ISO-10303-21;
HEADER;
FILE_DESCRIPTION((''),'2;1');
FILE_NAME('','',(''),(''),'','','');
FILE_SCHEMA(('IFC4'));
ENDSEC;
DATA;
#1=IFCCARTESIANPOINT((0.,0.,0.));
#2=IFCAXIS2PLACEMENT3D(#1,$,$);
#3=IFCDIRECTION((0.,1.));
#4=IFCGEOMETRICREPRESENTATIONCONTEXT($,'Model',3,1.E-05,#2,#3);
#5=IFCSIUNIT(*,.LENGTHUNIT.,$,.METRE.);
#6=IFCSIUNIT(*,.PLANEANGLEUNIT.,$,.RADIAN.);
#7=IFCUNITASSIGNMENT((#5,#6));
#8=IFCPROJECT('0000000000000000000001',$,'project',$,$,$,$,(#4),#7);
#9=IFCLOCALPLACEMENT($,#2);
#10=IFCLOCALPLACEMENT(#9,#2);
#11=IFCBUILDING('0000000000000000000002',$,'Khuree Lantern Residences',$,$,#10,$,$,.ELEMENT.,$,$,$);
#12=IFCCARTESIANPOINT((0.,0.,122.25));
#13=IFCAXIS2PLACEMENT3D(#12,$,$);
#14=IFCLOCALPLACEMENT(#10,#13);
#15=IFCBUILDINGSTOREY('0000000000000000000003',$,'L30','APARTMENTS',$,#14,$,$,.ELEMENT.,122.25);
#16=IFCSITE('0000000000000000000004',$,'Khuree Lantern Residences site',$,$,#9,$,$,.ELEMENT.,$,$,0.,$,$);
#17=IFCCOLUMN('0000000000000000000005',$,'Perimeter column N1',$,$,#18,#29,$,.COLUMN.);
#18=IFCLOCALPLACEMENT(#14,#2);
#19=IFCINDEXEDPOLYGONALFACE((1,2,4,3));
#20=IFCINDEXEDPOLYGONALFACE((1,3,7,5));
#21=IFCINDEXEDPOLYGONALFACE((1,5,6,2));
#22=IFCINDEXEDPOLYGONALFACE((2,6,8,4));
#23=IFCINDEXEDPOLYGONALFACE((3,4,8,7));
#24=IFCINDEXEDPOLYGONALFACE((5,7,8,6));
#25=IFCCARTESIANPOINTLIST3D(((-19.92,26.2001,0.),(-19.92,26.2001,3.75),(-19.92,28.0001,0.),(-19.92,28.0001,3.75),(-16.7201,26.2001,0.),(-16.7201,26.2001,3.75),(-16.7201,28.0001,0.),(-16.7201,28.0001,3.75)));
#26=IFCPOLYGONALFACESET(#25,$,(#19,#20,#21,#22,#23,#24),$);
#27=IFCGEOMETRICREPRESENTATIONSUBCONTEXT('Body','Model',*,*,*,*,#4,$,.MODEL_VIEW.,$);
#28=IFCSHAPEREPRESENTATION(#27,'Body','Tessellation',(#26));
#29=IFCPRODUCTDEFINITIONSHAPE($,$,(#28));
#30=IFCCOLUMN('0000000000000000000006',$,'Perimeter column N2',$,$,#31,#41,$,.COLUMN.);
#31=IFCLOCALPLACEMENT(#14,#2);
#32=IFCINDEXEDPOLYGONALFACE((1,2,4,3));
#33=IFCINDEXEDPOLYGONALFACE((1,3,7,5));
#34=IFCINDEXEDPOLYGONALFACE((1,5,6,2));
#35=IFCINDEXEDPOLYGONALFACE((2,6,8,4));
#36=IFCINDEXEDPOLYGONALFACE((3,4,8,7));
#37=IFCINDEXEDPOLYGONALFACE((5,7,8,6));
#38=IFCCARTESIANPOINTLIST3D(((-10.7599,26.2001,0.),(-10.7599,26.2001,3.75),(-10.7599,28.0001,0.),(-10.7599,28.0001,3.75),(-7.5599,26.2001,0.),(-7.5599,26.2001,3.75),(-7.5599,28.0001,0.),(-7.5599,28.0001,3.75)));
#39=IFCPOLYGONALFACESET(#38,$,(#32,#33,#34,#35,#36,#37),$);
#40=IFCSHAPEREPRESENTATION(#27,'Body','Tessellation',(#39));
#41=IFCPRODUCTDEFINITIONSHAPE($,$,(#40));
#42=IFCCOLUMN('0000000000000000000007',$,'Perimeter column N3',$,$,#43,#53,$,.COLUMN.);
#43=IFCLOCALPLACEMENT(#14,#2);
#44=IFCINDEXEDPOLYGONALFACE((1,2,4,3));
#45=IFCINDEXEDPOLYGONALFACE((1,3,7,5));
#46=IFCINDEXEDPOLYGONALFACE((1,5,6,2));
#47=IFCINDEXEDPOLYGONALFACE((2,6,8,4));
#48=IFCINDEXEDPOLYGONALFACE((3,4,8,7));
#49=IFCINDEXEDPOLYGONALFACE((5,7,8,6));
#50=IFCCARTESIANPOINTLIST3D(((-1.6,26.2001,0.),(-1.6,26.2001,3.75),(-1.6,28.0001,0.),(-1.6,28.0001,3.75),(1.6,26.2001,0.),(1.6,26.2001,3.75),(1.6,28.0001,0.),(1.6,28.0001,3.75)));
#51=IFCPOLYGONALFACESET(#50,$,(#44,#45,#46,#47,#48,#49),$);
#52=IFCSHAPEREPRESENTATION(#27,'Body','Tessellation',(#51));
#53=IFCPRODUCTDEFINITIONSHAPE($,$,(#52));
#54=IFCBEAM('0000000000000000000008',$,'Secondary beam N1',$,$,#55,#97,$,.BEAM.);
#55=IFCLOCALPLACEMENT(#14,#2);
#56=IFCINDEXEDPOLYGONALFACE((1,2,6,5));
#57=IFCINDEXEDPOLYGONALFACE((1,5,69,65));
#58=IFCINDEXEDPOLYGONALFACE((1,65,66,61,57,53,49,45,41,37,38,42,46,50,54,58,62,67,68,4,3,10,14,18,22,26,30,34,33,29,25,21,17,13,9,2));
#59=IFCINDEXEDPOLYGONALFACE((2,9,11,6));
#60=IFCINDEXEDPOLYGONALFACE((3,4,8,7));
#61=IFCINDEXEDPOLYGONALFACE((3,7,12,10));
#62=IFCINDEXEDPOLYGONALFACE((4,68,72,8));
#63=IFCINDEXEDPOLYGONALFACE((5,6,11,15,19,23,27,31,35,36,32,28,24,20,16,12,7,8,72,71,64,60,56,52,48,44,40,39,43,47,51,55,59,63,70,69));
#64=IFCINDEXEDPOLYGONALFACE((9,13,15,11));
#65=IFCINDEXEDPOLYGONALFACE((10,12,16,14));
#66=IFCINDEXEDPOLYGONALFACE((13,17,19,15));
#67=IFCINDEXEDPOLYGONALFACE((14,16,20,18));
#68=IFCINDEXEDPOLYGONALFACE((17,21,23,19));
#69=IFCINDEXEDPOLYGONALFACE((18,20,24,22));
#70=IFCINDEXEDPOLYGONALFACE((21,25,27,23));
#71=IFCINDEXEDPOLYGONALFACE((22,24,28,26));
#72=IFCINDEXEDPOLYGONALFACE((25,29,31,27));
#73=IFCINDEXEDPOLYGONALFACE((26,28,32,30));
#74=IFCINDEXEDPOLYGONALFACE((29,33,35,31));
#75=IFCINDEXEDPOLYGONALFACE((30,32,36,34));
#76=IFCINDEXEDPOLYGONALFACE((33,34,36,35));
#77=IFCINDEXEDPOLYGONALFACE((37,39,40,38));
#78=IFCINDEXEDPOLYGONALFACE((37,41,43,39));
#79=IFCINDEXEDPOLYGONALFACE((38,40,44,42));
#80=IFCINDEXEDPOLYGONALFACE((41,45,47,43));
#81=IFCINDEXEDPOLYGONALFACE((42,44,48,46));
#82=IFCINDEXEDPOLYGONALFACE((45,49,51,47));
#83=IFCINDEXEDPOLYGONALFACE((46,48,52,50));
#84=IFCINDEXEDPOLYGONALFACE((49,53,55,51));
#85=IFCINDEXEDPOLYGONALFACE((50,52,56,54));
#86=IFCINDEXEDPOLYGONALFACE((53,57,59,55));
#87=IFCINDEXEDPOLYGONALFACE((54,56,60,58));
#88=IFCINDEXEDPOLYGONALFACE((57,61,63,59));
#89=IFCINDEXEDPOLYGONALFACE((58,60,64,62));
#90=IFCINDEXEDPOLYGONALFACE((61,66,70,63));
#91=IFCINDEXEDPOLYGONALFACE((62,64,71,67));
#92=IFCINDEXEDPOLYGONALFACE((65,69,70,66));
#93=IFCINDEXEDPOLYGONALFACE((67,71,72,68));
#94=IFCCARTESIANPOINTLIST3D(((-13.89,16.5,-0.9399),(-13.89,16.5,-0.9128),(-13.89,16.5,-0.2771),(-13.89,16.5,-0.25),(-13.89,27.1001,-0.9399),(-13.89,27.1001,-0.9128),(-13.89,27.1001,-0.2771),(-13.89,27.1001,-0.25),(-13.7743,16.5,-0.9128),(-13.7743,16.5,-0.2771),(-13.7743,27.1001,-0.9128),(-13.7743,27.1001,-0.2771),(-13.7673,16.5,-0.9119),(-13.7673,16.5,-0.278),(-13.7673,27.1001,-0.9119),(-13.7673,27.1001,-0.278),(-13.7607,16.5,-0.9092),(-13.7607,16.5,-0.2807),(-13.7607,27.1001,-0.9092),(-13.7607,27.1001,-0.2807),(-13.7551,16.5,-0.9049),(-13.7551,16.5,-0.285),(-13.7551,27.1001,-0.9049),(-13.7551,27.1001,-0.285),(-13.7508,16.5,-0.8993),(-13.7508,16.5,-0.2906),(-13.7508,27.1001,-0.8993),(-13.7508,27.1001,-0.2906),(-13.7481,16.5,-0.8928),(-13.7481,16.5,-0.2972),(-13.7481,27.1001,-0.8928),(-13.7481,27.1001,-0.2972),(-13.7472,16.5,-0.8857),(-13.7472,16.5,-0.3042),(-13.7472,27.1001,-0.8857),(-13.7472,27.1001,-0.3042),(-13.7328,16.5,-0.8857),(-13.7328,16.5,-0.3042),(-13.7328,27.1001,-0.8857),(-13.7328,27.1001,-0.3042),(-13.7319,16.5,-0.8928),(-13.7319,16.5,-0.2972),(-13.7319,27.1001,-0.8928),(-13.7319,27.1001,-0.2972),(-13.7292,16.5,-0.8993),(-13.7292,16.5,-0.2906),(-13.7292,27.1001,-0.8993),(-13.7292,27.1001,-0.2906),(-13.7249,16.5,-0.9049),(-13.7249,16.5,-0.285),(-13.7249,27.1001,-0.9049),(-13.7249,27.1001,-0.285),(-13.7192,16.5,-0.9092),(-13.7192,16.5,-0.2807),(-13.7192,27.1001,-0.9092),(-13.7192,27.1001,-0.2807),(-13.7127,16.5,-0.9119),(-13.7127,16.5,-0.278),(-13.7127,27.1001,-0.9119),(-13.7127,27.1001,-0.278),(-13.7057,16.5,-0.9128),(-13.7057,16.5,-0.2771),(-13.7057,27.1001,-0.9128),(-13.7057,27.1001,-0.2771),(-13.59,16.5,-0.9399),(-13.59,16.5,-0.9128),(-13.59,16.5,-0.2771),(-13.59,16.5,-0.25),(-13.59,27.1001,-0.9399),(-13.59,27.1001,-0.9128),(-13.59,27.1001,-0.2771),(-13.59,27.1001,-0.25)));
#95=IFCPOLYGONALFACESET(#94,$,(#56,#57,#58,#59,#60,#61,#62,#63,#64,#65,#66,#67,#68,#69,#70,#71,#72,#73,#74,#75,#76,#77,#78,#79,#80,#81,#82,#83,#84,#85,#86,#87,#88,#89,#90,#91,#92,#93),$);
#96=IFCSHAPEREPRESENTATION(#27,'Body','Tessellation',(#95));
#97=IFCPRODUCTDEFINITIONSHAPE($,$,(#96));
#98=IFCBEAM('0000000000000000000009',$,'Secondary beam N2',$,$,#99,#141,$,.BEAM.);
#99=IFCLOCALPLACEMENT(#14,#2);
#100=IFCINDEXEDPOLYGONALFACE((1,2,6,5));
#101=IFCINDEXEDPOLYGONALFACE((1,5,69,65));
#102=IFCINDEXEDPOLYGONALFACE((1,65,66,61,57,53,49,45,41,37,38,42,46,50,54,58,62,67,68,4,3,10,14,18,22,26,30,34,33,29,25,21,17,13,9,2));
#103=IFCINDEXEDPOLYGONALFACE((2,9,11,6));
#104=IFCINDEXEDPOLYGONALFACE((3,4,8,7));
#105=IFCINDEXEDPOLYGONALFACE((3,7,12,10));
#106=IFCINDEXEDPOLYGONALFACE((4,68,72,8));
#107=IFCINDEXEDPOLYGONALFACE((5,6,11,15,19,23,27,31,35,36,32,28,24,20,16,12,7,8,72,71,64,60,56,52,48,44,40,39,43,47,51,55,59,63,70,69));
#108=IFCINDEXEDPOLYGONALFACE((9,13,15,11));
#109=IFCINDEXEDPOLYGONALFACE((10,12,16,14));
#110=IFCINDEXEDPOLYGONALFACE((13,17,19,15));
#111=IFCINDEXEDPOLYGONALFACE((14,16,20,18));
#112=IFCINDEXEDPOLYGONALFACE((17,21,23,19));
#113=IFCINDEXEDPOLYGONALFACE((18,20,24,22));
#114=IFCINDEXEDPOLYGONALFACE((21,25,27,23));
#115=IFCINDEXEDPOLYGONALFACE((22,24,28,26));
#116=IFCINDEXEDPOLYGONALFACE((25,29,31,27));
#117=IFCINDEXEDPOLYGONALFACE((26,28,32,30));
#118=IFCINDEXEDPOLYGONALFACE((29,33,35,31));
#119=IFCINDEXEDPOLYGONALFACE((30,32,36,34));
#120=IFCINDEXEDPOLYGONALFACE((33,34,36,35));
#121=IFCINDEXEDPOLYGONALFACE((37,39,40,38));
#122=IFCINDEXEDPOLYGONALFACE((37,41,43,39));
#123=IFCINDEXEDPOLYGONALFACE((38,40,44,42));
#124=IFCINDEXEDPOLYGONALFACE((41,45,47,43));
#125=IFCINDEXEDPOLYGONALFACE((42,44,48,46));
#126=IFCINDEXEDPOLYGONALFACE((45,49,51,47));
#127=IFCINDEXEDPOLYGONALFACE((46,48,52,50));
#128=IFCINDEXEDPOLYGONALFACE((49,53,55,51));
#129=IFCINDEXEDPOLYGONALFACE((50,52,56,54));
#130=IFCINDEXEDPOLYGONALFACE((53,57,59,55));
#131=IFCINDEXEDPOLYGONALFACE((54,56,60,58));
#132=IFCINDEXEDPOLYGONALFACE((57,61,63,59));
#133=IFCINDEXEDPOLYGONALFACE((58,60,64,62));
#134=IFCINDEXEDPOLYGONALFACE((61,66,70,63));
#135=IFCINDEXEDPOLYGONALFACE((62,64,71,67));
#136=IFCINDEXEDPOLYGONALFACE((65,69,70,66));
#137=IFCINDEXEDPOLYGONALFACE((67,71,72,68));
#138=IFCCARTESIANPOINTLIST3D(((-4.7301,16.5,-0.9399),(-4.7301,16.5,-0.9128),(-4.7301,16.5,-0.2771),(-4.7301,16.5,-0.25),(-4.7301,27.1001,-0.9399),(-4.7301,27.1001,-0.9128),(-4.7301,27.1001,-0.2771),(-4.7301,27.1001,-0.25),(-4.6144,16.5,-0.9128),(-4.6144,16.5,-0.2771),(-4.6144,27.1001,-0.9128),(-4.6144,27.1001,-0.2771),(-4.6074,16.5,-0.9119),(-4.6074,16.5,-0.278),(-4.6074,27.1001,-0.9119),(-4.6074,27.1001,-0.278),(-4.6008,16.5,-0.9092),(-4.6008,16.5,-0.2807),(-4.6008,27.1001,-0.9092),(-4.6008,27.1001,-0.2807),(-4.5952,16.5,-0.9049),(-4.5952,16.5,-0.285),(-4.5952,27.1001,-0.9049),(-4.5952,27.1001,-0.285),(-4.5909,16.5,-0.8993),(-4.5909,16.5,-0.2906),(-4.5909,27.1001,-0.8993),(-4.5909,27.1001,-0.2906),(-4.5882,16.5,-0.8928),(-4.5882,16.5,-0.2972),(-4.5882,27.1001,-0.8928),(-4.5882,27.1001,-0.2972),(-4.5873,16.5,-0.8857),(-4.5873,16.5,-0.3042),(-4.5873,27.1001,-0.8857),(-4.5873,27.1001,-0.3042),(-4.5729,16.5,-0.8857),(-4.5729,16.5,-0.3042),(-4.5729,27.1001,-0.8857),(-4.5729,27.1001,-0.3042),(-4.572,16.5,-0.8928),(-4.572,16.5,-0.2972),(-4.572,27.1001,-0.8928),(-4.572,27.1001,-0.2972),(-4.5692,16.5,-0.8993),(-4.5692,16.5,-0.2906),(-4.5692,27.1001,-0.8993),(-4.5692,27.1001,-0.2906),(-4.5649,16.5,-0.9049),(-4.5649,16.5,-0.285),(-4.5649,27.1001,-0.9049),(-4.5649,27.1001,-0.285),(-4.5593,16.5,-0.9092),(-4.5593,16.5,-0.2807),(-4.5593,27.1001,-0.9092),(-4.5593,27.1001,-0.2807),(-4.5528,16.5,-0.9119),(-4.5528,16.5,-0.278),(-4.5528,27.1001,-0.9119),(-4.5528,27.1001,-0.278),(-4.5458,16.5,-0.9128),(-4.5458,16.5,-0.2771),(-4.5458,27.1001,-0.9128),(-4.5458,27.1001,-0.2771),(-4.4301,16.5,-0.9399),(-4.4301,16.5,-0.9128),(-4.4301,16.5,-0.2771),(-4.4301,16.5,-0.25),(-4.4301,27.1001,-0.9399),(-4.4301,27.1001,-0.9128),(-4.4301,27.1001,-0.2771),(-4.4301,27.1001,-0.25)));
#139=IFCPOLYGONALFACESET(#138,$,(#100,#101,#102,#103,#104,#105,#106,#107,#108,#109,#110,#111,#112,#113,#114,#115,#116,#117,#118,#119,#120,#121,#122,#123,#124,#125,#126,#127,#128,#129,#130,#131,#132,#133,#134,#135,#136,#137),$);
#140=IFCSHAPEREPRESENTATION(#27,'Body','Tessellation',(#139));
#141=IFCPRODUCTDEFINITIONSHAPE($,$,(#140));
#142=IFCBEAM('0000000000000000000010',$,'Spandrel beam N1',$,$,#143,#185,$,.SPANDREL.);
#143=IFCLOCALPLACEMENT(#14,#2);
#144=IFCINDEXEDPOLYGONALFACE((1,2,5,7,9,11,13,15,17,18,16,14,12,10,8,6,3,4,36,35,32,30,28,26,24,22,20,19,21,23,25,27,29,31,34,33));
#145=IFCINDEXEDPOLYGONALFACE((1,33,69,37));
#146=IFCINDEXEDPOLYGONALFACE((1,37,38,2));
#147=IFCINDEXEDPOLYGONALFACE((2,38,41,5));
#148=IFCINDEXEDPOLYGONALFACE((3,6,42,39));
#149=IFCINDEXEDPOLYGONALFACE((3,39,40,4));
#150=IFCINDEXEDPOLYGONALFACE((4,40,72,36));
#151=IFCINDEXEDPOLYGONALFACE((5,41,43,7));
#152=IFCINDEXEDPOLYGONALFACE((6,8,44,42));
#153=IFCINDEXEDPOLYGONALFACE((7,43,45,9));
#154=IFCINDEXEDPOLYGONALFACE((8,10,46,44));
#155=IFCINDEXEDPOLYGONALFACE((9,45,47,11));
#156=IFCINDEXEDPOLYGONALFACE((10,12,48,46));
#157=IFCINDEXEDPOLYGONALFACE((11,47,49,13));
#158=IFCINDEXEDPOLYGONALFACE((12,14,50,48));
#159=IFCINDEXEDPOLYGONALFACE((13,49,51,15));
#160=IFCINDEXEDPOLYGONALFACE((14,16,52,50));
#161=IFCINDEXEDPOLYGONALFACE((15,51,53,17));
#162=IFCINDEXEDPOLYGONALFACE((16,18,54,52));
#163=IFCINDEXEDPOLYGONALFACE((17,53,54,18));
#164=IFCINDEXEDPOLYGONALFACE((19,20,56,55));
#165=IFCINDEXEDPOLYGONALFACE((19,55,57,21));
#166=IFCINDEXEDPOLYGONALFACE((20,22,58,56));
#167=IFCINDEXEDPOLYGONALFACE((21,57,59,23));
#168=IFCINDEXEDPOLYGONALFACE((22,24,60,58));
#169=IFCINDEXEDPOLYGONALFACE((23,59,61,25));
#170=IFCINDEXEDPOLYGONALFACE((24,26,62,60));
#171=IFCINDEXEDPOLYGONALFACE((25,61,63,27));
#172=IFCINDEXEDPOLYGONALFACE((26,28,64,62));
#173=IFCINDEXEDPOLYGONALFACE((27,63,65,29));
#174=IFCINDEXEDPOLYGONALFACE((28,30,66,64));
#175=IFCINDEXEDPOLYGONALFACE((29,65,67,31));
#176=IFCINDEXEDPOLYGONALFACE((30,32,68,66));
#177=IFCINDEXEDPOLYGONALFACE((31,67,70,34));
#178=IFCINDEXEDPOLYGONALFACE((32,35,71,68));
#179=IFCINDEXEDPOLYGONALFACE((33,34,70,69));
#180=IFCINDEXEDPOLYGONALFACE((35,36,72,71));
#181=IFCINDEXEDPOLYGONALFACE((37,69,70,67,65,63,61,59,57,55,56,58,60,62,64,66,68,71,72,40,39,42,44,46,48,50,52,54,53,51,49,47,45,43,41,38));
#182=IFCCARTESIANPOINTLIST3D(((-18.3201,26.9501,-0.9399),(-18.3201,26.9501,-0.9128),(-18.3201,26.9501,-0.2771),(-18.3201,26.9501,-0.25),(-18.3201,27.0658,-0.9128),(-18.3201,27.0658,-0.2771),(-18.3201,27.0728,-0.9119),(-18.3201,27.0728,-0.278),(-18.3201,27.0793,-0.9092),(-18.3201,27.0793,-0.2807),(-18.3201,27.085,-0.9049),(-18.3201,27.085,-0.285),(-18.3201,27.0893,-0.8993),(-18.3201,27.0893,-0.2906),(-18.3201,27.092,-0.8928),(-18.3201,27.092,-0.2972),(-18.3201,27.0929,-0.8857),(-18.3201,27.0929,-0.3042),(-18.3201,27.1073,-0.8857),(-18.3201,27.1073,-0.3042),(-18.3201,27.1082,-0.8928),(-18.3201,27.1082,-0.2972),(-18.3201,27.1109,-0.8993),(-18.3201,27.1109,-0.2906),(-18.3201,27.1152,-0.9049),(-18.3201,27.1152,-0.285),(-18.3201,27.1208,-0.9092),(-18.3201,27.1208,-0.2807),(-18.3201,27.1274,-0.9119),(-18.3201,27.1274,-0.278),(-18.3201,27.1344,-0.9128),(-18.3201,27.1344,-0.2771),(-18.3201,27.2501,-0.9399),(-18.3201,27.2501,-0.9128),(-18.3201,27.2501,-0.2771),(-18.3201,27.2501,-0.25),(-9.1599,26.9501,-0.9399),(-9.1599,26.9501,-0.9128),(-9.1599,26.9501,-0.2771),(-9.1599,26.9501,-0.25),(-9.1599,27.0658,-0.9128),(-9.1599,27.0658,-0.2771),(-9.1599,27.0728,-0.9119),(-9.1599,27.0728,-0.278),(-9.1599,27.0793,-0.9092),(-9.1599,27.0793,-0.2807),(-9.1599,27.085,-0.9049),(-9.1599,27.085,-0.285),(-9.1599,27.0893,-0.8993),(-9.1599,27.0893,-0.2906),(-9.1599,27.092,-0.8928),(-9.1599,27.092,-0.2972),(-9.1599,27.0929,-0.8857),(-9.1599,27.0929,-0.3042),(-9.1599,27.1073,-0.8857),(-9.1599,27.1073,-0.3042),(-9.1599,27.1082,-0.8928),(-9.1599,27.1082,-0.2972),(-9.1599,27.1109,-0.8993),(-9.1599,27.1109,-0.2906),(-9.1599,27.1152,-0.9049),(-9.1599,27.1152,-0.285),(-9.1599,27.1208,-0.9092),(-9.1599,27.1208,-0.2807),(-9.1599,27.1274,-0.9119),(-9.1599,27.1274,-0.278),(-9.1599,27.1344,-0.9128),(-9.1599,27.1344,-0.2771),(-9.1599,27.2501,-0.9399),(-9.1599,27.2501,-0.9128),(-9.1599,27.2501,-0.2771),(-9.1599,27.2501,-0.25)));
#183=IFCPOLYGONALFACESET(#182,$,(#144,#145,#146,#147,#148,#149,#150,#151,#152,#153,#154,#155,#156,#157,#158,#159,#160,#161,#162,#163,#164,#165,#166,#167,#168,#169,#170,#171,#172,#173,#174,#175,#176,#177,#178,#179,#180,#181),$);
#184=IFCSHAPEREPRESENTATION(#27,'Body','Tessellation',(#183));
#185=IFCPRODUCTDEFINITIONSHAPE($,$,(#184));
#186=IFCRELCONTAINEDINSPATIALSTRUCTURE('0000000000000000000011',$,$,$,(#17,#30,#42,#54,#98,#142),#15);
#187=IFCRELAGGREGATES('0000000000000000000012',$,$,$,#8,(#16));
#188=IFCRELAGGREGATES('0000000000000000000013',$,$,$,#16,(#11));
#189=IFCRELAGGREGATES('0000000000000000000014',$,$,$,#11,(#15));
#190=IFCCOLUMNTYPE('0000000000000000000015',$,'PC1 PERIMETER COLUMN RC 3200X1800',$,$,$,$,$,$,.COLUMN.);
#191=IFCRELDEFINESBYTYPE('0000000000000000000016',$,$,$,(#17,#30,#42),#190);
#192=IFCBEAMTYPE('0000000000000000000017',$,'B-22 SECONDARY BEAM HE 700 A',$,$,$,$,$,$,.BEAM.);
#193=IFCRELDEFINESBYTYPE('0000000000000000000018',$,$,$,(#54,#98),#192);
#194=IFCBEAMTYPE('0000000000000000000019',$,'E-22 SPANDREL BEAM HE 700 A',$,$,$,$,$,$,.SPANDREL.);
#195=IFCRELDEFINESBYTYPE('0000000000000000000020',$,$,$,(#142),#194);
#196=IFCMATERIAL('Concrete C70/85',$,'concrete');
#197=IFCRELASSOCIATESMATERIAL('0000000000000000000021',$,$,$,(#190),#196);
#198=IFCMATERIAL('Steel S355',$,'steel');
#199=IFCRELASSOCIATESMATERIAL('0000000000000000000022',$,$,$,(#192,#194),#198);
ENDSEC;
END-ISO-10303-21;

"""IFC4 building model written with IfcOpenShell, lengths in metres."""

from ifc_helpers import new_model, si_unit, direction, frame, origin, origin_2d, place, context, subcontext, project, spatial, rectangle, i_section, extrude, material, material_profile, profile_set, type_object, element, save


model = new_model("IFC4")

# Units and contexts
model_context = context("Model", 3, precision=1e-05, world=origin(), true_north=direction((0.0, 1.0)))
body_context = subcontext(model_context, "Body", "Model", "MODEL_VIEW")
ifc_project = project(units=[si_unit("LENGTHUNIT", "METRE"), si_unit("PLANEANGLEUNIT", "RADIAN")], contexts=[model_context])

# Site, building, storey
site_placement = place(None, origin())
site = spatial("IfcSite", under=ifc_project, at=site_placement, Name="Khuree Lantern Residences site", CompositionType="ELEMENT", RefElevation=0.0)
building_placement = place(site_placement, origin())
building = spatial("IfcBuilding", under=site, at=building_placement, Name="Khuree Lantern Residences", CompositionType="ELEMENT")
storey_placement = place(building_placement, frame((0.0, 0.0, 122.25)))
storey = spatial("IfcBuildingStorey", under=building, at=storey_placement, Name="L30", Description="APARTMENTS", CompositionType="ELEMENT", Elevation=122.25)

# Columns
ifc_material_1 = material(Name="Concrete C70/85", Category="concrete")
ifc_material_profile_1 = material_profile(ifc_material_1, rectangle(XDim=3.2, YDim=1.8, at=origin_2d()), Name="RC 3200X1800")
ifc_profile_set_1 = profile_set([ifc_material_profile_1], Name="Concrete C70/85")
column_type = type_object("IfcColumnType", Name="PC1 PERIMETER COLUMN RC 3200X1800", PredefinedType="COLUMN", material=ifc_profile_set_1)
for number, where, z_axis, x_axis, name in (
    (1, (-18.3201, 27.1001, 0.0), (0.0, 0.0, 1.0), (1.0, 0.0, 0.0), "Perimeter column N1"),
    (2, (-9.1599, 27.1001, 0.0), (0.0, 0.0, 1.0), (1.0, 0.0, 0.0), "Perimeter column N2"),
    (3, (0.0, 27.1001, 0.0), (0.0, 0.0, 1.0), (1.0, 0.0, 0.0), "Perimeter column N3"),
):
    element("IfcColumn", number, at=place(storey_placement, frame(where, z_axis=z_axis, x_axis=x_axis)), inside=storey, type_object=column_type, Name=name, PredefinedType="COLUMN", context=body_context, shape_type="SweptSolid", body=[
        extrude(rectangle(XDim=3.2, YDim=1.8, at=origin_2d()), origin(), (0.0, 0.0, 1.0), 3.75),
    ])

# Beams
ifc_material_2 = material(Name="Steel S355", Category="steel")
ifc_material_profile_2 = material_profile(ifc_material_2, i_section(OverallWidth=0.3, OverallDepth=0.6899, WebThickness=0.0144, FlangeThickness=0.0271, FilletRadius=0.0271, at=origin_2d()), Name="HE 700 A")
ifc_profile_set_2 = profile_set([ifc_material_profile_2], Name="Steel S355")
beam_type_1 = type_object("IfcBeamType", Name="B-22 SECONDARY BEAM HE 700 A", PredefinedType="BEAM", material=ifc_profile_set_2)
for number, where, z_axis, x_axis, name in (
    (4, (-13.74, 27.1001, -0.595), (0.0, -1.0, 0.0), (1.0, 0.0, 0.0), "Secondary beam N1"),
    (5, (-4.5801, 27.1001, -0.595), (0.0, -1.0, 0.0), (1.0, 0.0, 0.0), "Secondary beam N2"),
):
    element("IfcBeam", number, at=place(storey_placement, frame(where, z_axis=z_axis, x_axis=x_axis)), inside=storey, type_object=beam_type_1, Name=name, PredefinedType="BEAM", context=body_context, shape_type="SweptSolid", body=[
        extrude(i_section(OverallWidth=0.3, OverallDepth=0.6899, WebThickness=0.0144, FlangeThickness=0.0271, FilletRadius=0.0271, at=origin_2d()), origin(), (0.0, 0.0, 1.0), 10.6001),
    ])
ifc_material_profile_3 = material_profile(ifc_material_2, i_section(OverallWidth=0.3, OverallDepth=0.6899, WebThickness=0.0144, FlangeThickness=0.0271, FilletRadius=0.0271, at=origin_2d()), Name="HE 700 A")
ifc_profile_set_3 = profile_set([ifc_material_profile_3], Name="Steel S355")
beam_type_2 = type_object("IfcBeamType", Name="E-22 SPANDREL BEAM HE 700 A", PredefinedType="SPANDREL", material=ifc_profile_set_3)
beam_1_placement = place(storey_placement, frame((-18.3201, 27.1001, -0.595), z_axis=(1.0, 0.0, 0.0), x_axis=(0.0, 1.0, 0.0)))
element("IfcBeam", 6, at=beam_1_placement, inside=storey, type_object=beam_type_2, Name="Spandrel beam N1", PredefinedType="SPANDREL", context=body_context, shape_type="SweptSolid", body=[
    extrude(i_section(OverallWidth=0.3, OverallDepth=0.6899, WebThickness=0.0144, FlangeThickness=0.0271, FilletRadius=0.0271, at=origin_2d()), origin(), (0.0, 0.0, 1.0), 9.1602),
])

save(model, "model.ifc")
